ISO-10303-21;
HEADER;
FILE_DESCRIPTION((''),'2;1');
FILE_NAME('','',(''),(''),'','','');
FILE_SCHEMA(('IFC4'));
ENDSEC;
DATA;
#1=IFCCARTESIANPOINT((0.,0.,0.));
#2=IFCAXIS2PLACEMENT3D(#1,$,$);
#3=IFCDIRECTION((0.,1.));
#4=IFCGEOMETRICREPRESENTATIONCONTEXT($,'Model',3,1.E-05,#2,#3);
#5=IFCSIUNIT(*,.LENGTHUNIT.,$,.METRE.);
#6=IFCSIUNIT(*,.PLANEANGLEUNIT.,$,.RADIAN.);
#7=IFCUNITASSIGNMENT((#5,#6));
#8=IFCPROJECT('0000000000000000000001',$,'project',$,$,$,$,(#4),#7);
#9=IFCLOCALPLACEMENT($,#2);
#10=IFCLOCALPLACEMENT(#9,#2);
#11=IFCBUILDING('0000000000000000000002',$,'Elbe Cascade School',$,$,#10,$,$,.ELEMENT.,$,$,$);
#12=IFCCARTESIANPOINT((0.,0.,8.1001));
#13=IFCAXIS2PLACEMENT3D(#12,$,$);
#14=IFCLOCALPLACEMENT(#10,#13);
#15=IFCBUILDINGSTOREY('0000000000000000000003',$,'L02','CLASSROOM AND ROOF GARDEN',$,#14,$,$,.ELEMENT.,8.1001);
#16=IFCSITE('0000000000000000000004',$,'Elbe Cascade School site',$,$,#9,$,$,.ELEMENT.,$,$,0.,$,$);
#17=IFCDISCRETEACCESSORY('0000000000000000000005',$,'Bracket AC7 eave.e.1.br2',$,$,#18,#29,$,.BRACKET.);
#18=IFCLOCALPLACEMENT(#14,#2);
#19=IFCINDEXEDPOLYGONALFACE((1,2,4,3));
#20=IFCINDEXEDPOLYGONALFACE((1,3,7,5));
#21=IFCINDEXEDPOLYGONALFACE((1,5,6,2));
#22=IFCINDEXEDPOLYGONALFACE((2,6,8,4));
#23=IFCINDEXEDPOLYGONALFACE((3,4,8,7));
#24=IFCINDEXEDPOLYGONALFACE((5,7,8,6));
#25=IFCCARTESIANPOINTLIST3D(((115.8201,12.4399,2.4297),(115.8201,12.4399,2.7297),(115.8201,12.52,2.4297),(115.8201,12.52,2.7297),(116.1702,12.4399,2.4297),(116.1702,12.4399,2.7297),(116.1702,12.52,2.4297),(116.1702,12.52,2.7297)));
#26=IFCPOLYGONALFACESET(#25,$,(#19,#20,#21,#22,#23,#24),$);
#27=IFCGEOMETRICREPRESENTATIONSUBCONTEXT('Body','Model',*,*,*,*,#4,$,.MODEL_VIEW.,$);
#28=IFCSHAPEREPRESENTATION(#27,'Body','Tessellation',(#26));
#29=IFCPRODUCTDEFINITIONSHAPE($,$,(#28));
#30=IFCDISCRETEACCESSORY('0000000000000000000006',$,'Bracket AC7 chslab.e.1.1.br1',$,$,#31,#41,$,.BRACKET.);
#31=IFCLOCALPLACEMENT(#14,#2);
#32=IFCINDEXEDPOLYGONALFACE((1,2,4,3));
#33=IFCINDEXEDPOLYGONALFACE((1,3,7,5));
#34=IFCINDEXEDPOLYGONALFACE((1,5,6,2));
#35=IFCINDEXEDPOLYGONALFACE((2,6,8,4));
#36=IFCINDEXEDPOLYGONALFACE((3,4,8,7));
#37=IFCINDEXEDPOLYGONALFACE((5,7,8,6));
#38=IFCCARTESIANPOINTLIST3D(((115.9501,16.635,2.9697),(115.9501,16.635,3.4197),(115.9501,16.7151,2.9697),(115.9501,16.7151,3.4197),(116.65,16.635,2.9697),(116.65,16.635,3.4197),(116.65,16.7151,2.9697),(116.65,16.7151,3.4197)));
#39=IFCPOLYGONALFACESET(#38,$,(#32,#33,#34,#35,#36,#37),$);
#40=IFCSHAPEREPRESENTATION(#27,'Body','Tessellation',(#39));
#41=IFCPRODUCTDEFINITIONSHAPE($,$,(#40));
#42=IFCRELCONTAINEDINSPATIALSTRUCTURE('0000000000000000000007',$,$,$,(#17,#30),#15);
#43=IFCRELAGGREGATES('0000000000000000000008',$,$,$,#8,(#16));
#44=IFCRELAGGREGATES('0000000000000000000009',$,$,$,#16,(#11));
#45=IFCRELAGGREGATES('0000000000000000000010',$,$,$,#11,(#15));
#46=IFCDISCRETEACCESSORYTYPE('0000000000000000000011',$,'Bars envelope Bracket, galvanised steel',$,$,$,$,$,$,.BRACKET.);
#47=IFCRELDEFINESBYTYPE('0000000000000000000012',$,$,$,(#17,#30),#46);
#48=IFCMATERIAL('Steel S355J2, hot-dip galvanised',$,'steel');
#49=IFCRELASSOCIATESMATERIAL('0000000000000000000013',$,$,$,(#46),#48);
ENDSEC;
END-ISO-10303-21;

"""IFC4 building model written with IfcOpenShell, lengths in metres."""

from ifc_helpers import new_model, si_unit, direction, frame, origin, origin_2d, place, context, subcontext, project, spatial, rectangle, extrude, material, type_object, element, save


model = new_model("IFC4")

# Units and contexts
model_context = context("Model", 3, precision=1e-05, world=origin(), true_north=direction((0.0, 1.0)))
body_context = subcontext(model_context, "Body", "Model", "MODEL_VIEW")
ifc_project = project(units=[si_unit("LENGTHUNIT", "METRE"), si_unit("PLANEANGLEUNIT", "RADIAN")], contexts=[model_context])

# Site, building, storey
site_placement = place(None, origin())
site = spatial("IfcSite", under=ifc_project, at=site_placement, Name="Elbe Cascade School site", CompositionType="ELEMENT", RefElevation=0.0)
building_placement = place(site_placement, origin())
building = spatial("IfcBuilding", under=site, at=building_placement, Name="Elbe Cascade School", CompositionType="ELEMENT")
storey_placement = place(building_placement, frame((0.0, 0.0, 8.1001)))
storey = spatial("IfcBuildingStorey", under=building, at=storey_placement, Name="L02", Description="CLASSROOM AND ROOF GARDEN", CompositionType="ELEMENT", Elevation=8.1001)

# Discrete accessories
ifc_material_1 = material(Name="Steel S355J2, hot-dip galvanised", Category="steel")
discrete_accessory_type = type_object("IfcDiscreteAccessoryType", Name="Bars envelope Bracket, galvanised steel", PredefinedType="BRACKET", material=ifc_material_1)
discrete_accessory_1_placement = place(storey_placement, frame((115.9951, 12.48, 2.4297), z_axis=(0.0, 0.0, 1.0), x_axis=(0.0, 1.0, 0.0)))
element("IfcDiscreteAccessory", 1, at=discrete_accessory_1_placement, inside=storey, type_object=discrete_accessory_type, Name="Bracket AC7 eave.e.1.br2", PredefinedType="BRACKET", context=body_context, shape_type="SweptSolid", body=[
    extrude(rectangle(XDim=0.0801, YDim=0.3501, at=origin_2d()), origin(), (0.0, 0.0, 1.0), 0.3),
])
discrete_accessory_2_placement = place(storey_placement, frame((116.3, 16.675, 2.9697), z_axis=(0.0, 0.0, 1.0), x_axis=(0.0, 1.0, 0.0)))
element("IfcDiscreteAccessory", 2, at=discrete_accessory_2_placement, inside=storey, type_object=discrete_accessory_type, Name="Bracket AC7 chslab.e.1.1.br1", PredefinedType="BRACKET", context=body_context, shape_type="SweptSolid", body=[
    extrude(rectangle(XDim=0.0801, YDim=0.7, at=origin_2d()), origin(), (0.0, 0.0, 1.0), 0.45),
])

save(model, "model.ifc")
